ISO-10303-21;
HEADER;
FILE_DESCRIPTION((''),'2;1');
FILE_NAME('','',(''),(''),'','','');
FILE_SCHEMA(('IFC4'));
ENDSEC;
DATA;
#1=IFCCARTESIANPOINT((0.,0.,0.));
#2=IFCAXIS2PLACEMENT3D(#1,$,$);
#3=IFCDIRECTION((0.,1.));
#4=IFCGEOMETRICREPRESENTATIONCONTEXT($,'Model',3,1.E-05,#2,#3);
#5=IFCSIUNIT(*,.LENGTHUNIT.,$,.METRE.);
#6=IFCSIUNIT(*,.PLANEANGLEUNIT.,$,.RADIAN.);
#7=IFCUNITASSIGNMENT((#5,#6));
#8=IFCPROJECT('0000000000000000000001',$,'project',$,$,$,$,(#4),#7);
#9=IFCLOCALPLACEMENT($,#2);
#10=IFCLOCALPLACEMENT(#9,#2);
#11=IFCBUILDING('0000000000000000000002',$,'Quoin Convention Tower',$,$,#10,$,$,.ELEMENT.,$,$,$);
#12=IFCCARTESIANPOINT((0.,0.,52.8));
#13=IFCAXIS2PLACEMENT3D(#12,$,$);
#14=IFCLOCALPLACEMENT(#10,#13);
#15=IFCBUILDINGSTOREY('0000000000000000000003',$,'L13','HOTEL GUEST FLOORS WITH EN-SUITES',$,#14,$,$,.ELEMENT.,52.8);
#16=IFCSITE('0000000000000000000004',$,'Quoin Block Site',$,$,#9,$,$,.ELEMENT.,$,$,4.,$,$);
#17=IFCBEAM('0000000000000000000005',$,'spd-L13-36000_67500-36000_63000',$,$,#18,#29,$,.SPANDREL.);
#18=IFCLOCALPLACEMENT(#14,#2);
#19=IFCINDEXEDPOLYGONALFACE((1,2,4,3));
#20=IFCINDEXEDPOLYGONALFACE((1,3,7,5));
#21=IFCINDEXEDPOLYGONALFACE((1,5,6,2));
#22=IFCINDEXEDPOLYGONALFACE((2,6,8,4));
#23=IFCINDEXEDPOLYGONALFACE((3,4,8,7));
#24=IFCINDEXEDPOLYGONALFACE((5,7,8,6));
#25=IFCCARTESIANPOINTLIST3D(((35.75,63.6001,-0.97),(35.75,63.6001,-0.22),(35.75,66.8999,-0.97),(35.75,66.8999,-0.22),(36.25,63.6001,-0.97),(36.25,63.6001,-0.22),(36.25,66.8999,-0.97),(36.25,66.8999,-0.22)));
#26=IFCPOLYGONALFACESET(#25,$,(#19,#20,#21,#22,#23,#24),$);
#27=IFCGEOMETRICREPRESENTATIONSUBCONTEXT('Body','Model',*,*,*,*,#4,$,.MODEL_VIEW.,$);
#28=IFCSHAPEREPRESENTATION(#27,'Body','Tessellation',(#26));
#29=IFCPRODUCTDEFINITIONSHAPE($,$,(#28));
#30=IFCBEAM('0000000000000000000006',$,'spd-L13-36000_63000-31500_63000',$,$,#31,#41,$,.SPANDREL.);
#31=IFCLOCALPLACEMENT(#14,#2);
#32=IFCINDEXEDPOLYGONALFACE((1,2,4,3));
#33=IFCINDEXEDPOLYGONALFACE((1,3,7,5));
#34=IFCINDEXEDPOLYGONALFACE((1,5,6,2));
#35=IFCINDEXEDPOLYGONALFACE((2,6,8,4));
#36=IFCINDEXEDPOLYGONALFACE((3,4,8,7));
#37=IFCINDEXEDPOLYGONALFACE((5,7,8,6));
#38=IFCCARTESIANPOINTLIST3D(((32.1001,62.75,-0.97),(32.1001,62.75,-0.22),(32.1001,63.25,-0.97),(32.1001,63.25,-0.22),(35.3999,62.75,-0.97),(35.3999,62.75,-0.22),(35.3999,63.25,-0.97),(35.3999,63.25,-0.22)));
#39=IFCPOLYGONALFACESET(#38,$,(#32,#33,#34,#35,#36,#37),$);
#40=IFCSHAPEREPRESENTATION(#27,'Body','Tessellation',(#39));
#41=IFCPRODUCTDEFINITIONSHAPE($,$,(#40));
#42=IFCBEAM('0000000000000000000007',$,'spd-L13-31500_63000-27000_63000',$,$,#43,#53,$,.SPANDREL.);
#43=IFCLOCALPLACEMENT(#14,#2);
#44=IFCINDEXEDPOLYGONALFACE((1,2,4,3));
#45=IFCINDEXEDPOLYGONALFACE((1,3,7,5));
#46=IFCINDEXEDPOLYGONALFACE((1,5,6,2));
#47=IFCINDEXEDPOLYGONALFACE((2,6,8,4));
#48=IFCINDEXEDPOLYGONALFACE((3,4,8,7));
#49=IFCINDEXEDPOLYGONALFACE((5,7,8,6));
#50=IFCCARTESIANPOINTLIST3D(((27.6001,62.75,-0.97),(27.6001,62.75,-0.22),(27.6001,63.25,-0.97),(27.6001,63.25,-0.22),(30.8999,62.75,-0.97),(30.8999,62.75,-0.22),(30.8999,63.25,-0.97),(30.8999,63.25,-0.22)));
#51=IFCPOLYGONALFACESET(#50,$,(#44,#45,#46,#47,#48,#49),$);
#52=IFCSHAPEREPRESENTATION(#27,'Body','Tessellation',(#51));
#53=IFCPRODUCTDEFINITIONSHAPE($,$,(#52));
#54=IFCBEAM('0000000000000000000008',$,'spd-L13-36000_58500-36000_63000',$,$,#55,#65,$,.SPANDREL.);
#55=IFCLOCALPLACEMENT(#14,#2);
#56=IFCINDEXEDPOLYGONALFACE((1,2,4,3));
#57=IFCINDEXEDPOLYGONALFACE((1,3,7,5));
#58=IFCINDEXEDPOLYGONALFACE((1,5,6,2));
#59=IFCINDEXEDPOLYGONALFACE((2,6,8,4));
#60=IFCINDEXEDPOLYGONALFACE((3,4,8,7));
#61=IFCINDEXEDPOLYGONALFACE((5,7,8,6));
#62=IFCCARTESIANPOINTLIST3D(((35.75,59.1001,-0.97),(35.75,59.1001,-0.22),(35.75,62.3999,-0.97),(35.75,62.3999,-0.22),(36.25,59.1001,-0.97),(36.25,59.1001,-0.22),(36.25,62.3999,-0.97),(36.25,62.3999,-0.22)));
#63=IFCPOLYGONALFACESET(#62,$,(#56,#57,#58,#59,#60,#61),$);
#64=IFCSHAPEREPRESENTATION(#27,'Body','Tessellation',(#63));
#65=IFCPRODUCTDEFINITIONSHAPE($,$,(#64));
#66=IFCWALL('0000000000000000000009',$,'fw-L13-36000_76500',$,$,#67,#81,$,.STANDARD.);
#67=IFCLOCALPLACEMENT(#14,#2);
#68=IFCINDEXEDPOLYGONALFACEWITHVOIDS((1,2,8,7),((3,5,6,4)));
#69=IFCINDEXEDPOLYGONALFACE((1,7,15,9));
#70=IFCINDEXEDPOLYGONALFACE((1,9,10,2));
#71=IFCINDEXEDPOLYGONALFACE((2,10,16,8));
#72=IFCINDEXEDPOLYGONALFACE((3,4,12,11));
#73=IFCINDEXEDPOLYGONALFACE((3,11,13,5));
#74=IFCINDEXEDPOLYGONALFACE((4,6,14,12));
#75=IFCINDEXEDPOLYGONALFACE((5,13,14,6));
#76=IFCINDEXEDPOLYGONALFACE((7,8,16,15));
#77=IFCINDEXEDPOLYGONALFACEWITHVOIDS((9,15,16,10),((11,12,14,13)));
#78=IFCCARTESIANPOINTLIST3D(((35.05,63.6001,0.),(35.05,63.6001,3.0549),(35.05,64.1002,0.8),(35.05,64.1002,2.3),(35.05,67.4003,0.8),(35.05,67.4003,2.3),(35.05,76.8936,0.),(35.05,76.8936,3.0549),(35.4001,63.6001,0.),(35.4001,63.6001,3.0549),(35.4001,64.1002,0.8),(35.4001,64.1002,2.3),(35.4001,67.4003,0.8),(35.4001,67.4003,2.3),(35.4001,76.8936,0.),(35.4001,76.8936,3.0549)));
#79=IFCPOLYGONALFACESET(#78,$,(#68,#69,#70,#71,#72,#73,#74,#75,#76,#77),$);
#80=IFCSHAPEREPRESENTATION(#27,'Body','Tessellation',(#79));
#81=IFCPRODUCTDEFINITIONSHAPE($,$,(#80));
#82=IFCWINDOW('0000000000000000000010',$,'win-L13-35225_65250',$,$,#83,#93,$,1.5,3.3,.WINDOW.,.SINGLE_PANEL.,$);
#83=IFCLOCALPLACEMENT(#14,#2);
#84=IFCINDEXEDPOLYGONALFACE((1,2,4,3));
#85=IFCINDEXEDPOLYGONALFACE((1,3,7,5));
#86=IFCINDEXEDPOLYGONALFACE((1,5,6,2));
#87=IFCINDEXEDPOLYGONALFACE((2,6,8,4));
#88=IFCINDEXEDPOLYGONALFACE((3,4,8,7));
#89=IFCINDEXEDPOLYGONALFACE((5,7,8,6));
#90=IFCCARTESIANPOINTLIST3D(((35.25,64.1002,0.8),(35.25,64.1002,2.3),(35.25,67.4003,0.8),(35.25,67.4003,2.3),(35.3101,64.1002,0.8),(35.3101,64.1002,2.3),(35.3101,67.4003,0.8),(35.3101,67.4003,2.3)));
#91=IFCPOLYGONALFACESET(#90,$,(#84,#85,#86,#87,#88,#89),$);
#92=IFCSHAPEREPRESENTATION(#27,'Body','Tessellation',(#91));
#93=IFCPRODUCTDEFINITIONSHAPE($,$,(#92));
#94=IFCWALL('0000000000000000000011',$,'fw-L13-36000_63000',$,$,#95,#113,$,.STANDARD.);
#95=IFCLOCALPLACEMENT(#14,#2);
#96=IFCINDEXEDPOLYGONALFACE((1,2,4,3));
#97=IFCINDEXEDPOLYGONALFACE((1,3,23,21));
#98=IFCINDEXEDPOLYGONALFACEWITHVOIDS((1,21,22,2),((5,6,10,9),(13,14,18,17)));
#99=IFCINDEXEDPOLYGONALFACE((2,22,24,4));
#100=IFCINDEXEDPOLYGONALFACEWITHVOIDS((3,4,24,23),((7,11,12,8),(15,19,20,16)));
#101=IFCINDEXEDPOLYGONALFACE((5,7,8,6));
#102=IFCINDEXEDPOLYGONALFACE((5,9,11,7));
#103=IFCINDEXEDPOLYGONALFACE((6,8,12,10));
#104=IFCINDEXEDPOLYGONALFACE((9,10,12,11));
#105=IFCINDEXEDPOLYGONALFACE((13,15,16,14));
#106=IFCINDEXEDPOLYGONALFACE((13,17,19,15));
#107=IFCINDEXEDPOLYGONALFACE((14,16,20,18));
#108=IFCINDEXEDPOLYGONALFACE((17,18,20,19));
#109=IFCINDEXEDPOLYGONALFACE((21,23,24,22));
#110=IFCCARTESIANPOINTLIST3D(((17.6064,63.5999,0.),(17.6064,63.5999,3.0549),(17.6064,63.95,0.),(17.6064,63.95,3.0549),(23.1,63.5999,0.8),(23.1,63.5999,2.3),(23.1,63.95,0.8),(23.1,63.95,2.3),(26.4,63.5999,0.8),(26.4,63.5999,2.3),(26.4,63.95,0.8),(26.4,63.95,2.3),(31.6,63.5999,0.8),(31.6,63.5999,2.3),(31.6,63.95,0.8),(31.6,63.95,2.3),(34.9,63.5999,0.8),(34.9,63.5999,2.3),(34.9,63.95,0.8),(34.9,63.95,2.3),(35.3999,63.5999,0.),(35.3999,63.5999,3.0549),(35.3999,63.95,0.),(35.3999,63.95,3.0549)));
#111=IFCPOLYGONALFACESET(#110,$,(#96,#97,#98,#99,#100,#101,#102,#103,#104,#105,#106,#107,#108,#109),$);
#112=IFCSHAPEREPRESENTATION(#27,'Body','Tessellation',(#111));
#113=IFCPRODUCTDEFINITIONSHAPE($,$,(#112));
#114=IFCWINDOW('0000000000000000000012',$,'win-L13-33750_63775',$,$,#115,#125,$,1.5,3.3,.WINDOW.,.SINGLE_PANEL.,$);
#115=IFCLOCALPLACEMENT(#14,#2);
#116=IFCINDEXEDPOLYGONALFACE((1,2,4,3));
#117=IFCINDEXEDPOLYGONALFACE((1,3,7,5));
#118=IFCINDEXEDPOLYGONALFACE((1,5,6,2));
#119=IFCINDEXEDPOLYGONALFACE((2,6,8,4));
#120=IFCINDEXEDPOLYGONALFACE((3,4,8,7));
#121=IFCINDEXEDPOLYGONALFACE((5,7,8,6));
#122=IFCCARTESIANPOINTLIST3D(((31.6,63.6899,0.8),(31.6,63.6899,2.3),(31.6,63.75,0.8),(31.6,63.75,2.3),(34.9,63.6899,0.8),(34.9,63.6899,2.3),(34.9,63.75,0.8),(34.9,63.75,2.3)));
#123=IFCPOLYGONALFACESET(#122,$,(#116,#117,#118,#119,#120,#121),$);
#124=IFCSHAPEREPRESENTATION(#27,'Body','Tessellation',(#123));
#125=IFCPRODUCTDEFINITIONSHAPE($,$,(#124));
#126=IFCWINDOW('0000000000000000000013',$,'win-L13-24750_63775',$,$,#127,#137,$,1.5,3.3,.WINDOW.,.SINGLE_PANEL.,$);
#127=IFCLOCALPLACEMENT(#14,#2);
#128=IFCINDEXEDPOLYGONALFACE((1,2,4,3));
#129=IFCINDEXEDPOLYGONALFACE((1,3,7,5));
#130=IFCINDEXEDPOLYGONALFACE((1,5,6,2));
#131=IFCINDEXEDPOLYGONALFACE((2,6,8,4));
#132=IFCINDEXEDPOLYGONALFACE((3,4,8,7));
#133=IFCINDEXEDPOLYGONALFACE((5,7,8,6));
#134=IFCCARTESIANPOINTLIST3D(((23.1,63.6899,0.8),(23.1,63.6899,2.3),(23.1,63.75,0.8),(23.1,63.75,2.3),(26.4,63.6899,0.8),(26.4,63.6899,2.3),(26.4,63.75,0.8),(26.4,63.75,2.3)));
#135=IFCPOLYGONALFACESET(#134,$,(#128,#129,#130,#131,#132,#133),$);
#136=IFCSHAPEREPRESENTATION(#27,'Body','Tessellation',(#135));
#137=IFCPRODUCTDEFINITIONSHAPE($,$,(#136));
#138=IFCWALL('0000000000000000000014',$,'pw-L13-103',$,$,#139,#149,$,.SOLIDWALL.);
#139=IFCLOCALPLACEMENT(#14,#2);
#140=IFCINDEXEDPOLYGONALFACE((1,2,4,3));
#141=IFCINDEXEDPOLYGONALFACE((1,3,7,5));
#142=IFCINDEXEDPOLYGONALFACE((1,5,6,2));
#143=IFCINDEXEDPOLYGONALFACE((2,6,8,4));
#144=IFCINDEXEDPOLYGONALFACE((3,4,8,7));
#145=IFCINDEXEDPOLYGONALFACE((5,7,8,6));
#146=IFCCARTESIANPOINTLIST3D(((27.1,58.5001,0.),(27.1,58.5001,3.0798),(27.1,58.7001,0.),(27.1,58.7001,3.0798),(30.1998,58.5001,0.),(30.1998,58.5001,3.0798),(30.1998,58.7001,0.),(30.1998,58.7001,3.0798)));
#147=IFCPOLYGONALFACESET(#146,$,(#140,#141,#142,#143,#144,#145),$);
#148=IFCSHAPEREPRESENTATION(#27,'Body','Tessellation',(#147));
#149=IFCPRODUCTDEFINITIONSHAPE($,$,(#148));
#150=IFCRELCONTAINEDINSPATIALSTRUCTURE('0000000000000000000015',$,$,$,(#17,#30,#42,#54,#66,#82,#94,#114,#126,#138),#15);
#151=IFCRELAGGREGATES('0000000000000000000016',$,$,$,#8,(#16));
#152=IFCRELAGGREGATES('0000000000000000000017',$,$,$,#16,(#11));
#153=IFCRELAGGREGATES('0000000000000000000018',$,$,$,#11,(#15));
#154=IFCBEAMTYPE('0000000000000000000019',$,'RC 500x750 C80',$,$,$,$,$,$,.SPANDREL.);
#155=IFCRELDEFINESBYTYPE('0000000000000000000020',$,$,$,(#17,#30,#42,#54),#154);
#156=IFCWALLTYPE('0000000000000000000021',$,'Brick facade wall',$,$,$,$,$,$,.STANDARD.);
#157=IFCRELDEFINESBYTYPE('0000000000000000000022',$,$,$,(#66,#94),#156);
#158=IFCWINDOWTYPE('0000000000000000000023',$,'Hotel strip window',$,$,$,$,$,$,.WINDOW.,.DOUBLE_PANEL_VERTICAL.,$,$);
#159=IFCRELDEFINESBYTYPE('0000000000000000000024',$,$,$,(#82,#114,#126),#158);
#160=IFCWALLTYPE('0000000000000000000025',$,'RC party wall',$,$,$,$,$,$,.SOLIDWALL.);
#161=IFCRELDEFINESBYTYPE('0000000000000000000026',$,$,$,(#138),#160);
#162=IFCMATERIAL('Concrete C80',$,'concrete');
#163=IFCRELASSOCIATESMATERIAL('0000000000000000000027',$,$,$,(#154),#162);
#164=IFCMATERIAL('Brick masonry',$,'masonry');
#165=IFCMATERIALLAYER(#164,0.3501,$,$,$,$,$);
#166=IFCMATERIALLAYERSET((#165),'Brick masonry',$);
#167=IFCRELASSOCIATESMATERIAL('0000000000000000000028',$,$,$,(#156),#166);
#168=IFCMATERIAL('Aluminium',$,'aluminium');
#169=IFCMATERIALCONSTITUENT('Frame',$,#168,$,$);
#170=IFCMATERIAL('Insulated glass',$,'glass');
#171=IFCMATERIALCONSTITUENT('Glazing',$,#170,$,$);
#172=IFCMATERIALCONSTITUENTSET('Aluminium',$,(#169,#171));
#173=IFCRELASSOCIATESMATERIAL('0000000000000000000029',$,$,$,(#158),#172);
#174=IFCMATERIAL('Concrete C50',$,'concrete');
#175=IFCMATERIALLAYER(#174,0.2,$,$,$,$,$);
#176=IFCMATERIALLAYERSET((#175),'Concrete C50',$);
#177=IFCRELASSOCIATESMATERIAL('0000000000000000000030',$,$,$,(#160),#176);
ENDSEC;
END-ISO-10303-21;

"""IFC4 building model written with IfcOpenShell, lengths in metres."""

from ifc_helpers import new_model, si_unit, direction, frame, frame_2d, origin, origin_2d, place, context, subcontext, project, spatial, rectangle, extrude, material, layer, layer_set, constituent, constituent_set, material_profile, profile_set, type_object, element, fill, save


model = new_model("IFC4")

# Units and contexts
model_context = context("Model", 3, precision=1e-05, world=origin(), true_north=direction((0.0, 1.0)))
body_context = subcontext(model_context, "Body", "Model", "MODEL_VIEW")
ifc_project = project(units=[si_unit("LENGTHUNIT", "METRE"), si_unit("PLANEANGLEUNIT", "RADIAN")], contexts=[model_context])

# Site, building, storey
site_placement = place(None, origin())
site = spatial("IfcSite", under=ifc_project, at=site_placement, Name="Quoin Block Site", CompositionType="ELEMENT", RefElevation=4.0)
building_placement = place(site_placement, origin())
building = spatial("IfcBuilding", under=site, at=building_placement, Name="Quoin Convention Tower", CompositionType="ELEMENT")
storey_placement = place(building_placement, frame((0.0, 0.0, 52.8)))
storey = spatial("IfcBuildingStorey", under=building, at=storey_placement, Name="L13", Description="HOTEL GUEST FLOORS WITH EN-SUITES", CompositionType="ELEMENT", Elevation=52.8)

# Shared definitions
ifc_material_1 = material(Name="Concrete C80", Category="concrete")

# Beams
ifc_material_profile_1 = material_profile(ifc_material_1, rectangle(XDim=0.5, YDim=0.75, at=origin_2d()), Name="RC 500x750")
ifc_profile_set_1 = profile_set([ifc_material_profile_1], Name="Concrete C80")
beam_type = type_object("IfcBeamType", Name="RC 500x750 C80", PredefinedType="SPANDREL", material=ifc_profile_set_1)
for number, where, z_axis, x_axis, name in (
    (1, (36.0, 66.8999, -0.595), (0.0, -1.0, 0.0), (1.0, 0.0, 0.0), "spd-L13-36000_67500-36000_63000"),
    (2, (35.3999, 63.0, -0.595), (-1.0, 0.0, 0.0), (0.0, -1.0, 0.0), "spd-L13-36000_63000-31500_63000"),
    (3, (30.8999, 63.0, -0.595), (-1.0, 0.0, 0.0), (0.0, -1.0, 0.0), "spd-L13-31500_63000-27000_63000"),
    (4, (36.0, 59.1001, -0.595), (0.0, 1.0, 0.0), (-1.0, 0.0, 0.0), "spd-L13-36000_58500-36000_63000"),
):
    element("IfcBeam", number, at=place(storey_placement, frame(where, z_axis=z_axis, x_axis=x_axis)), inside=storey, type_object=beam_type, Name=name, PredefinedType="SPANDREL", context=body_context, shape_type="SweptSolid", body=[
        extrude(rectangle(XDim=0.5, YDim=0.75, at=origin_2d()), origin(), (0.0, 0.0, 1.0), 3.2998),
    ])

# Wall, opening, window
ifc_material_2 = material(Name="Brick masonry", Category="masonry")
ifc_layer_1 = layer(ifc_material_2, 0.3501)
ifc_layer_set_1 = layer_set([ifc_layer_1], Name="Brick masonry")
wall_type_1 = type_object("IfcWallType", Name="Brick facade wall", PredefinedType="STANDARD", material=ifc_layer_set_1)
wall_1_placement = place(storey_placement, frame((35.2251, 76.8936, 0.0), z_axis=(0.0, 0.0, 1.0), x_axis=(0.0, -1.0, 0.0)))
wall_1 = element("IfcWall", 5, at=wall_1_placement, inside=storey, type_object=wall_type_1, Name="fw-L13-36000_76500", PredefinedType="STANDARD", context=body_context, shape_type="SweptSolid", body=[
    extrude(rectangle(XDim=13.2935, YDim=0.3501, at=frame_2d((6.6467, 0.0))), origin(), (0.0, 0.0, 1.0), 3.0549),
])
opening_1_placement = place(wall_1_placement, frame((9.4934, 0.0, 0.8)))
opening_1 = element("IfcOpeningElement", 6, at=opening_1_placement, cuts=wall_1, PredefinedType="OPENING", context=body_context, shape_type="SweptSolid", body=[
    extrude(rectangle(XDim=3.3, YDim=1.5, at=frame_2d((1.6499, 0.75))), frame((0.0, 0.1851, 0.0), z_axis=(0.0, -1.0, 0.0), x_axis=(1.0, 0.0, 0.0)), (0.0, 0.0, 1.0), 0.3701),
])
ifc_material_3 = material(Name="Aluminium", Category="aluminium")
ifc_constituent_1 = constituent(ifc_material_3, Name="Frame")
ifc_material_4 = material(Name="Insulated glass", Category="glass")
ifc_constituent_2 = constituent(ifc_material_4, Name="Glazing")
ifc_constituent_set = constituent_set(constituents=[ifc_constituent_1, ifc_constituent_2], Name="Aluminium")
window_type = type_object("IfcWindowType", Name="Hotel strip window", PartitioningType="DOUBLE_PANEL_VERTICAL", PredefinedType="WINDOW", material=ifc_constituent_set)
window_1_placement = place(opening_1_placement, origin())
window_1 = element("IfcWindow", 7, at=window_1_placement, inside=storey, type_object=window_type, Name="win-L13-35225_65250", OverallHeight=1.5, OverallWidth=3.3, PartitioningType="SINGLE_PANEL", PredefinedType="WINDOW", context=body_context, shape_type="SweptSolid", body=[
    extrude(rectangle(XDim=3.3, YDim=1.5, at=frame_2d((1.6499, 0.75))), frame((0.0, 0.085, 0.0), z_axis=(0.0, -1.0, 0.0), x_axis=(1.0, 0.0, 0.0)), (0.0, 0.0, 1.0), 0.0601),
])
fill(opening_1, window_1)

# Wall, openings, windows
wall_2_placement = place(storey_placement, frame((35.3999, 63.7749, 0.0), z_axis=(0.0, 0.0, 1.0), x_axis=(-1.0, 0.0, 0.0)))
wall_2 = element("IfcWall", 8, at=wall_2_placement, inside=storey, type_object=wall_type_1, Name="fw-L13-36000_63000", PredefinedType="STANDARD", context=body_context, shape_type="SweptSolid", body=[
    extrude(rectangle(XDim=17.7935, YDim=0.3501, at=frame_2d((8.8967, 0.0))), origin(), (0.0, 0.0, 1.0), 3.0549),
])
opening_2_placement = place(wall_2_placement, frame((0.5, 0.0, 0.8)))
opening_2 = element("IfcOpeningElement", 9, at=opening_2_placement, cuts=wall_2, PredefinedType="OPENING", context=body_context, shape_type="SweptSolid", body=[
    extrude(rectangle(XDim=3.3, YDim=1.5, at=frame_2d((1.6499, 0.75))), frame((0.0, 0.1851, 0.0), z_axis=(0.0, -1.0, 0.0), x_axis=(1.0, 0.0, 0.0)), (0.0, 0.0, 1.0), 0.3701),
])
opening_3_placement = place(wall_2_placement, frame((9.0, 0.0, 0.8)))
opening_3 = element("IfcOpeningElement", 10, at=opening_3_placement, cuts=wall_2, PredefinedType="OPENING", context=body_context, shape_type="SweptSolid", body=[
    extrude(rectangle(XDim=3.3, YDim=1.5, at=frame_2d((1.6499, 0.75))), frame((0.0, 0.1851, 0.0), z_axis=(0.0, -1.0, 0.0), x_axis=(1.0, 0.0, 0.0)), (0.0, 0.0, 1.0), 0.3701),
])
window_2_placement = place(opening_2_placement, origin())
window_2 = element("IfcWindow", 11, at=window_2_placement, inside=storey, type_object=window_type, Name="win-L13-33750_63775", OverallHeight=1.5, OverallWidth=3.3, PartitioningType="SINGLE_PANEL", PredefinedType="WINDOW", context=body_context, shape_type="SweptSolid", body=[
    extrude(rectangle(XDim=3.3, YDim=1.5, at=frame_2d((1.6499, 0.75))), frame((0.0, 0.085, 0.0), z_axis=(0.0, -1.0, 0.0), x_axis=(1.0, 0.0, 0.0)), (0.0, 0.0, 1.0), 0.0601),
])
fill(opening_2, window_2)
window_3_placement = place(opening_3_placement, origin())
window_3 = element("IfcWindow", 12, at=window_3_placement, inside=storey, type_object=window_type, Name="win-L13-24750_63775", OverallHeight=1.5, OverallWidth=3.3, PartitioningType="SINGLE_PANEL", PredefinedType="WINDOW", context=body_context, shape_type="SweptSolid", body=[
    extrude(rectangle(XDim=3.3, YDim=1.5, at=frame_2d((1.6499, 0.75))), frame((0.0, 0.085, 0.0), z_axis=(0.0, -1.0, 0.0), x_axis=(1.0, 0.0, 0.0)), (0.0, 0.0, 1.0), 0.0601),
])
fill(opening_3, window_3)

# Wall
ifc_material_5 = material(Name="Concrete C50", Category="concrete")
ifc_layer_2 = layer(ifc_material_5, 0.2)
ifc_layer_set_2 = layer_set([ifc_layer_2], Name="Concrete C50")
wall_type_2 = type_object("IfcWallType", Name="RC party wall", PredefinedType="SOLIDWALL", material=ifc_layer_set_2)
wall_3_placement = place(storey_placement, frame((27.1001, 58.6001, 0.0), z_axis=(0.0, 0.0, 1.0), x_axis=(1.0, 0.0, 0.0)))
element("IfcWall", 13, at=wall_3_placement, inside=storey, type_object=wall_type_2, Name="pw-L13-103", PredefinedType="SOLIDWALL", context=body_context, shape_type="SweptSolid", body=[
    extrude(rectangle(XDim=3.0999, YDim=0.2, at=frame_2d((1.5498, 0.0))), origin(), (0.0, 0.0, 1.0), 3.0798),
])

save(model, "model.ifc")
